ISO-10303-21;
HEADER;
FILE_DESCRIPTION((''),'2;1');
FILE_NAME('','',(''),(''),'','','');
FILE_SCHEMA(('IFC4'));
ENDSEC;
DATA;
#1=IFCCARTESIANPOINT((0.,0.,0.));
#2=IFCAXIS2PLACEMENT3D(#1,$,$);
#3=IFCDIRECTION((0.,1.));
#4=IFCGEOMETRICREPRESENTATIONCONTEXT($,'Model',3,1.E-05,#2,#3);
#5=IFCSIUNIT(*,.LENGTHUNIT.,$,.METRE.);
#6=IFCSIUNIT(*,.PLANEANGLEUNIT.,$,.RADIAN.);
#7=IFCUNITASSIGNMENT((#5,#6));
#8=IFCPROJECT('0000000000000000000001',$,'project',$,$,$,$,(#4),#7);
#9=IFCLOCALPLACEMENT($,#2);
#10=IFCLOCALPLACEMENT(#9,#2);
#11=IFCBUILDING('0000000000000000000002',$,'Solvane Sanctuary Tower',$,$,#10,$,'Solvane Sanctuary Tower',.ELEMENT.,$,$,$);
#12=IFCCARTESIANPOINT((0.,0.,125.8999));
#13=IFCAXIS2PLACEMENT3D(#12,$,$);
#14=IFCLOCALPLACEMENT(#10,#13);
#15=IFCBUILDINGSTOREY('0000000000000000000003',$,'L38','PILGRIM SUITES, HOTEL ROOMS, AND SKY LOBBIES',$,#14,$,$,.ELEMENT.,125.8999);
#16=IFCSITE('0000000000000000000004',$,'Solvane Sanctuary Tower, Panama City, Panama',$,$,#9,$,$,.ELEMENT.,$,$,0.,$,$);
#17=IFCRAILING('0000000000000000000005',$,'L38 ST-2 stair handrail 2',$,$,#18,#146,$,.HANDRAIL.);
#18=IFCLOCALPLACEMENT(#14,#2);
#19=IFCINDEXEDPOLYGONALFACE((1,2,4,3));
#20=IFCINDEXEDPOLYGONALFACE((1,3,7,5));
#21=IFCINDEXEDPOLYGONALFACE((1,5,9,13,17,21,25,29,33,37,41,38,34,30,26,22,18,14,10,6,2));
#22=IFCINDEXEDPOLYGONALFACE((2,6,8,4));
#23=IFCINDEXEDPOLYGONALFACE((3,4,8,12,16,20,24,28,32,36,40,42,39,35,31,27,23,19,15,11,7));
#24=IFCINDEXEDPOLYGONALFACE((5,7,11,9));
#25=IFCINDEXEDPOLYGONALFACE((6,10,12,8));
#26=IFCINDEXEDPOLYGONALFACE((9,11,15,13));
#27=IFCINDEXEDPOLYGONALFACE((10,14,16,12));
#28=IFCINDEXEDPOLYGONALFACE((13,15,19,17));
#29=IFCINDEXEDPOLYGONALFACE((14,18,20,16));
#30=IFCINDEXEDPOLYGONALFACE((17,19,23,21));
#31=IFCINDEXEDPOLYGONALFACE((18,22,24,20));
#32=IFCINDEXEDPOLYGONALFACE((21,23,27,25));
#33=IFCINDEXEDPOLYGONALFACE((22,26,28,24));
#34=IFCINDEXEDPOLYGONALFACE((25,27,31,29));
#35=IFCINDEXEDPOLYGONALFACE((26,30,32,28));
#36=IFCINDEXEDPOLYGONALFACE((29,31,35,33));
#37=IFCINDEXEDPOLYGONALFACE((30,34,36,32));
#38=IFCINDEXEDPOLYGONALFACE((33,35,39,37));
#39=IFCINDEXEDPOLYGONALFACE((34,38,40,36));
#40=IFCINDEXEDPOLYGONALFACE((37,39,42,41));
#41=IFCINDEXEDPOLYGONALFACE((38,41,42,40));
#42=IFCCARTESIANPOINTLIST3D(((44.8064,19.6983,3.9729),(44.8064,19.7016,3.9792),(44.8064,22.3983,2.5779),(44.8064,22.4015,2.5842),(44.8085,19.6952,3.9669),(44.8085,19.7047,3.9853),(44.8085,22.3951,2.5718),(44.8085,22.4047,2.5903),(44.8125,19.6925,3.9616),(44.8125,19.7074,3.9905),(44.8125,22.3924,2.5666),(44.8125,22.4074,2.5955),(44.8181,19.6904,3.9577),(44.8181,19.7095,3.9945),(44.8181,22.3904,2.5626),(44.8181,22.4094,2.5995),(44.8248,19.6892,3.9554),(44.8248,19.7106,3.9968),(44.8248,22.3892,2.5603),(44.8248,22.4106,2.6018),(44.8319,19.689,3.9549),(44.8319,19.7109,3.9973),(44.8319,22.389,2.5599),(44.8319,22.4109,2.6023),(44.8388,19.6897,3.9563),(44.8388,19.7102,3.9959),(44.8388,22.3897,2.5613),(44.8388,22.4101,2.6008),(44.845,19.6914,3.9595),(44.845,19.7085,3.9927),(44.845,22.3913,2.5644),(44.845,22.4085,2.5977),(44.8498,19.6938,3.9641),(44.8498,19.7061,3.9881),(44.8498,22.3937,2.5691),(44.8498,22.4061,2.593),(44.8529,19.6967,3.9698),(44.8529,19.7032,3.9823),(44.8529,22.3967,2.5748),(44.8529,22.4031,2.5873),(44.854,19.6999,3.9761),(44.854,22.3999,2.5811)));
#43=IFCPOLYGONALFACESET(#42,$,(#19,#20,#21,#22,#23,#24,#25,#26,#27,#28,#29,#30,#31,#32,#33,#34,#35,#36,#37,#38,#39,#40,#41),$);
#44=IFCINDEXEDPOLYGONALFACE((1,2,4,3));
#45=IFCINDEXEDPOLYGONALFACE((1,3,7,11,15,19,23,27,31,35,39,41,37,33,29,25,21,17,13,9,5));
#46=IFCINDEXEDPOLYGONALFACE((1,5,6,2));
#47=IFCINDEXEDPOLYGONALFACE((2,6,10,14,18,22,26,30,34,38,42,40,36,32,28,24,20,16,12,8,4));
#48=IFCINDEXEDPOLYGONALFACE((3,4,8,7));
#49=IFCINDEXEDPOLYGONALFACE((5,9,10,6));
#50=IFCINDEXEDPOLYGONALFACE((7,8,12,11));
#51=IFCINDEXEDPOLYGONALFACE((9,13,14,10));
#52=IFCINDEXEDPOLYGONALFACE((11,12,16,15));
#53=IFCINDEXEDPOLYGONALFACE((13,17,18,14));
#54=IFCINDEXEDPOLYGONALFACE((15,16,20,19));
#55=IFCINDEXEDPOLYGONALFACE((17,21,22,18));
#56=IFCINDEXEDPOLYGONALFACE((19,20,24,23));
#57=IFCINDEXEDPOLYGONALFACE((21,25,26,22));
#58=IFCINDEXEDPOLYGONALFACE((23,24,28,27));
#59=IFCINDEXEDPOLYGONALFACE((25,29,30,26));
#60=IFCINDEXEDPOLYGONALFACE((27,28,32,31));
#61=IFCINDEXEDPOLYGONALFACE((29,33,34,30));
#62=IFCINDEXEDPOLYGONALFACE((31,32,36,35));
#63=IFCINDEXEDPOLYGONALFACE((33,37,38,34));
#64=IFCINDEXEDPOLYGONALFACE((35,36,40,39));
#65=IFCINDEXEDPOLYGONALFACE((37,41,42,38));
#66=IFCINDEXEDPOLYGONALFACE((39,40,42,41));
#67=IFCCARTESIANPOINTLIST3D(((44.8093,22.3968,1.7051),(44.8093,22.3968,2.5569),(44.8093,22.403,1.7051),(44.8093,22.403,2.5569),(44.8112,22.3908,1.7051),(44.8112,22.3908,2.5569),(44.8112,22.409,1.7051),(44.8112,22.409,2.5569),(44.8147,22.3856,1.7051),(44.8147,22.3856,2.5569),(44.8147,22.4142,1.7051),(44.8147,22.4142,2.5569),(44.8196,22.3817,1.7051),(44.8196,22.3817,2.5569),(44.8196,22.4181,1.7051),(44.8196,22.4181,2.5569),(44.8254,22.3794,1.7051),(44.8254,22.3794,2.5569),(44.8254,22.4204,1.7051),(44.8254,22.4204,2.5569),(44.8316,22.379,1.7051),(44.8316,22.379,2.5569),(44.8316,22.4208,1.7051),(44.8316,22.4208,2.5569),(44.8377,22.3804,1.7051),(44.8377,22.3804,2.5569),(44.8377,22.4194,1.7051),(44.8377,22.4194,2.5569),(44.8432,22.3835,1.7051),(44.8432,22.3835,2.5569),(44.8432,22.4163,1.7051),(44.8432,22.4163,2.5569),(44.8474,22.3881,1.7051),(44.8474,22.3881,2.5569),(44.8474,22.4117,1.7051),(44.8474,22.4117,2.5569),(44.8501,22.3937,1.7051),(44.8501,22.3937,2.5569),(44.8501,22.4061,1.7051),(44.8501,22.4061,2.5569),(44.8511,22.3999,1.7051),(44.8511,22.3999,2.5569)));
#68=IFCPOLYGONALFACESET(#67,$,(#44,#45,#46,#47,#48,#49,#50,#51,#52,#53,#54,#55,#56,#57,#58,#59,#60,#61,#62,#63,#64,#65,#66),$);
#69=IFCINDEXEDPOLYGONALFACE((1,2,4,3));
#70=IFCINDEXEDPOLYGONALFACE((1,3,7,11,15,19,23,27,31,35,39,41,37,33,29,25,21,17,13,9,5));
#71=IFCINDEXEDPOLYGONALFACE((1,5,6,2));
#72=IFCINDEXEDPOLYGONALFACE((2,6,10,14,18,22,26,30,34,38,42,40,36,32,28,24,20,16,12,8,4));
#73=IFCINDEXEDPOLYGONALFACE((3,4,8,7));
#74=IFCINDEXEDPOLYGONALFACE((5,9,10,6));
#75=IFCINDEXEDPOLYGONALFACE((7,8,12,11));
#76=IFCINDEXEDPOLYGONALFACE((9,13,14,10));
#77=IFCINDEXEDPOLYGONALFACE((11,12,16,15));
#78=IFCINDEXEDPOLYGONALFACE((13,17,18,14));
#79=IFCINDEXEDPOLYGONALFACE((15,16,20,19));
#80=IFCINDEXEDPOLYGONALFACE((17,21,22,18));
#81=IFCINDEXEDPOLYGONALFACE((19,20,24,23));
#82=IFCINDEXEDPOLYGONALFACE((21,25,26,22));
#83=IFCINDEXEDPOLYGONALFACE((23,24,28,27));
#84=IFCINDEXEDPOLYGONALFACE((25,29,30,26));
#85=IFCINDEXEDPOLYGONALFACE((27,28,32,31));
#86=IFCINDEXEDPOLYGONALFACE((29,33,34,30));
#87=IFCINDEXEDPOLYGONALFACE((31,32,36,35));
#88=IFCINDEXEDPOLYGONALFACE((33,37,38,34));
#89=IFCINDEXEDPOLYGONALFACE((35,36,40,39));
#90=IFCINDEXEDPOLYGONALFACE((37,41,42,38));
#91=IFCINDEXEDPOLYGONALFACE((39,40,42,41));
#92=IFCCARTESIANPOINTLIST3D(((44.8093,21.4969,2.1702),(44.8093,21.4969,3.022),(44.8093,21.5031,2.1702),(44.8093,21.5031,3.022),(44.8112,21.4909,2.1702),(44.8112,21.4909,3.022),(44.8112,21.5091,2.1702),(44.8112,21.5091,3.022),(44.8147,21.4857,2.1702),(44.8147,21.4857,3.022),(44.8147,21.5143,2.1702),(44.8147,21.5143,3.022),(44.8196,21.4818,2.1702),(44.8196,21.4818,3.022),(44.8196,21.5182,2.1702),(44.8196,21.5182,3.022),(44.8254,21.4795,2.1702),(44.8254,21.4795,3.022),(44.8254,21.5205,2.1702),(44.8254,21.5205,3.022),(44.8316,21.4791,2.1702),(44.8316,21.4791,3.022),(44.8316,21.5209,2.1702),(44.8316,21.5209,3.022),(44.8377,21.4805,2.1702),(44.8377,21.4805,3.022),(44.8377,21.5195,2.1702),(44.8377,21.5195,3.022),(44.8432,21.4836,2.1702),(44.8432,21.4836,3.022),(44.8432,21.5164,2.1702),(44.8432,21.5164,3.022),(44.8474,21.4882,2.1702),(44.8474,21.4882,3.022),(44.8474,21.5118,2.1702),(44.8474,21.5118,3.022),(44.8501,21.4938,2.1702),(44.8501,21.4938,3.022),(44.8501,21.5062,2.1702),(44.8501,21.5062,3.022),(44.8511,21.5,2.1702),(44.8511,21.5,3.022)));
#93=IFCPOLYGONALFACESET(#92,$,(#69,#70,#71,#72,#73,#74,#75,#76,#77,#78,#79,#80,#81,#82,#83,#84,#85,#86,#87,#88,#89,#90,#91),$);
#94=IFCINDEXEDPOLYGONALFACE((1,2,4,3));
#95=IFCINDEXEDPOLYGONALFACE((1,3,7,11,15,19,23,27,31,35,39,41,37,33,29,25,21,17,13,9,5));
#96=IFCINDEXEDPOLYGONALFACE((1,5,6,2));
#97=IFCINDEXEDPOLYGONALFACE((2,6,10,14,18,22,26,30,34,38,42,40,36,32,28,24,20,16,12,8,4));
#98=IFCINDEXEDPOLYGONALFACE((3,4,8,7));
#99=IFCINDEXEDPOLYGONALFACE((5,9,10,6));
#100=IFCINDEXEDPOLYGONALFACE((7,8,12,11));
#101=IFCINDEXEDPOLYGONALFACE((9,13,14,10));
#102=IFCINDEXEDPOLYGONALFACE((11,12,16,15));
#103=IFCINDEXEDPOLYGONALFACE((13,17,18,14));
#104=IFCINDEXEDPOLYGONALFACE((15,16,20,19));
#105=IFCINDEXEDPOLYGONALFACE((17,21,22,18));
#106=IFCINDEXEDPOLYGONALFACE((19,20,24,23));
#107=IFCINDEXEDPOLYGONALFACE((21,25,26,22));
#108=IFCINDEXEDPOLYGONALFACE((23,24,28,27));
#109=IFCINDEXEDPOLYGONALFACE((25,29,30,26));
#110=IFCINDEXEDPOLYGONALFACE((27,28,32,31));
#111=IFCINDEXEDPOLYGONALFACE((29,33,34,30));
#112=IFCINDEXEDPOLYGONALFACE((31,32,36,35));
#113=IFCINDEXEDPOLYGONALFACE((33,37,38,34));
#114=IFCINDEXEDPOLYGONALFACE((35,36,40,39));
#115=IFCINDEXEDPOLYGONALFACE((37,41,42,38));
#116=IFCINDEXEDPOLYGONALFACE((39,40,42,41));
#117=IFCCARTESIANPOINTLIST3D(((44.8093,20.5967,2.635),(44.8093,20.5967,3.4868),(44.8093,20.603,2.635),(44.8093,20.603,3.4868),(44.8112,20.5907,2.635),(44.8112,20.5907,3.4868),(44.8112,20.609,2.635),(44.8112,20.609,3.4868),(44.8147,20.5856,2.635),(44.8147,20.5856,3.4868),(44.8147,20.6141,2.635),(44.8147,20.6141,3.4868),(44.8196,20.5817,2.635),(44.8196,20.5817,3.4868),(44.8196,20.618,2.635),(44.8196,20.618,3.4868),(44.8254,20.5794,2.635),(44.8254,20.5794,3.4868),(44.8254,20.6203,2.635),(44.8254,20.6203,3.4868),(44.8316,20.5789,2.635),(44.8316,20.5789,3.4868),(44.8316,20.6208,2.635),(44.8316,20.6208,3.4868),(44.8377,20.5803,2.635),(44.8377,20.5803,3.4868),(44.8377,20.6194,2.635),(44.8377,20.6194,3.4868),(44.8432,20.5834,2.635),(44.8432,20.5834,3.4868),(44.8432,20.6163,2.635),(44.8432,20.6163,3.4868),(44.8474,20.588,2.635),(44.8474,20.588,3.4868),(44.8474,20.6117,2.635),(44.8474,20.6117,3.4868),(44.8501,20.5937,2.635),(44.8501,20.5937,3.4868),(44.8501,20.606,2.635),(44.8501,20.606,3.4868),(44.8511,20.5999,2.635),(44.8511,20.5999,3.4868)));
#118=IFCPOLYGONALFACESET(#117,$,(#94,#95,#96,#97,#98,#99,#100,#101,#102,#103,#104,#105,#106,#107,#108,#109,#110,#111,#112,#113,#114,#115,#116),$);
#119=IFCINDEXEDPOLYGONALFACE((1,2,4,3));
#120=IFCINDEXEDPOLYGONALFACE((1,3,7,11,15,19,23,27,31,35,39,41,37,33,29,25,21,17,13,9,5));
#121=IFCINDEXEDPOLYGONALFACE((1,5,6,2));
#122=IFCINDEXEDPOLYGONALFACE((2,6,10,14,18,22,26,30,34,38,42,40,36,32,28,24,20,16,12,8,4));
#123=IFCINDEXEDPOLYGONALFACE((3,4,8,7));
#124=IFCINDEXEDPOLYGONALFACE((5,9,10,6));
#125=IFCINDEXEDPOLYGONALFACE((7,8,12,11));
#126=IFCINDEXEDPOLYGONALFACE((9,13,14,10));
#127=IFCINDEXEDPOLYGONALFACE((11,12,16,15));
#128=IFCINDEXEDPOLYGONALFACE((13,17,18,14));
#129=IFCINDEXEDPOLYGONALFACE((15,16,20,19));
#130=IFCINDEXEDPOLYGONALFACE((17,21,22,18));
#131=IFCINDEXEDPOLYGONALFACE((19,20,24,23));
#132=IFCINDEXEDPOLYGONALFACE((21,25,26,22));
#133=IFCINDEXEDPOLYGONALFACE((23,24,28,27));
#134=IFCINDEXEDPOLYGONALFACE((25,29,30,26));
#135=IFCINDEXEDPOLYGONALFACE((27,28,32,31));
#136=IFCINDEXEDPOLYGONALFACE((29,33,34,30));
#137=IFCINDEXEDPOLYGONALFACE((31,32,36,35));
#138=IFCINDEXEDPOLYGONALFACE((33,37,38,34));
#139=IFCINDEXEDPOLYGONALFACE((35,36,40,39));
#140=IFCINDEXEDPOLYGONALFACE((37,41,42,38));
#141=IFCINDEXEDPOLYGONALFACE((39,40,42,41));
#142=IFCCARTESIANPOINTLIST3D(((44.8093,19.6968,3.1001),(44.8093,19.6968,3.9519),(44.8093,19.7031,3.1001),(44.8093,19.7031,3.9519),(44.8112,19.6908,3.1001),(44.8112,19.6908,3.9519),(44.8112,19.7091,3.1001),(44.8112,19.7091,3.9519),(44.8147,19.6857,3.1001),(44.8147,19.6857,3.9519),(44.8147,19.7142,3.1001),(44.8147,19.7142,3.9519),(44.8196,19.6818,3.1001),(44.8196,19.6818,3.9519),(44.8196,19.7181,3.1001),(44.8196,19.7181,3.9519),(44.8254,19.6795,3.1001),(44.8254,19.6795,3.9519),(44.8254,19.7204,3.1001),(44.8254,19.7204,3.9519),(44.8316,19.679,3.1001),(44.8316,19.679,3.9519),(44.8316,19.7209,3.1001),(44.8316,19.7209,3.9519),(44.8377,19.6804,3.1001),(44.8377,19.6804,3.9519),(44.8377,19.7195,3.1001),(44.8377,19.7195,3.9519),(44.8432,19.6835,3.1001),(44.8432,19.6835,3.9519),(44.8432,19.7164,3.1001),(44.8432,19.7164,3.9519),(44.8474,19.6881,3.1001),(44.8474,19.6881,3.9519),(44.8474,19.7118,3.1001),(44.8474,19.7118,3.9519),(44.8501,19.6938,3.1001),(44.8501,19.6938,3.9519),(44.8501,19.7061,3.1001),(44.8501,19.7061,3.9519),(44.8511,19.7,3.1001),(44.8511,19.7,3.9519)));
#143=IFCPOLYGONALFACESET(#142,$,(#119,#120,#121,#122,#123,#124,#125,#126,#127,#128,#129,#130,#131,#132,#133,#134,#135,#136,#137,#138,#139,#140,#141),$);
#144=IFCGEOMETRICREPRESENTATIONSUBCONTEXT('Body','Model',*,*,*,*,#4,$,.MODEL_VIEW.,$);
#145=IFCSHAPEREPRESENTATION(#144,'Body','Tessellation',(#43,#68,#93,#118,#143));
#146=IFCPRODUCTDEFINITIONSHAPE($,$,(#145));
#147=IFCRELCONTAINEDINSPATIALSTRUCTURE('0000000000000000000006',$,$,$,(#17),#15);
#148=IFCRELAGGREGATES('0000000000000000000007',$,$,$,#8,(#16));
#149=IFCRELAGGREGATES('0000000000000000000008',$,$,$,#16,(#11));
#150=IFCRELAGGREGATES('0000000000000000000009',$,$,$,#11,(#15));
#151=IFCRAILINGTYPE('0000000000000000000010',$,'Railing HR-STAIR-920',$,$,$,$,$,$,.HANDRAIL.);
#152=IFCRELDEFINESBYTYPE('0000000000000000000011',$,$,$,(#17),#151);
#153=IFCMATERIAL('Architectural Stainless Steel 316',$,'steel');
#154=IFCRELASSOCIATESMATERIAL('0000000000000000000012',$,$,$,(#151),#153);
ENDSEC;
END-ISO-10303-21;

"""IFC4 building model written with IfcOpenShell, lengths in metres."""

from ifc_helpers import new_model, si_unit, direction, frame, origin, origin_2d, place, context, subcontext, project, spatial, circle, extrude, material, type_object, element, save


model = new_model("IFC4")

# Units and contexts
model_context = context("Model", 3, precision=1e-05, world=origin(), true_north=direction((0.0, 1.0)))
body_context = subcontext(model_context, "Body", "Model", "MODEL_VIEW")
ifc_project = project(units=[si_unit("LENGTHUNIT", "METRE"), si_unit("PLANEANGLEUNIT", "RADIAN")], contexts=[model_context])

# Site, building, storey
site_placement = place(None, origin())
site = spatial("IfcSite", under=ifc_project, at=site_placement, Name="Solvane Sanctuary Tower, Panama City, Panama", CompositionType="ELEMENT", RefElevation=0.0)
building_placement = place(site_placement, origin())
building = spatial("IfcBuilding", under=site, at=building_placement, Name="Solvane Sanctuary Tower", LongName="Solvane Sanctuary Tower", CompositionType="ELEMENT")
storey_placement = place(building_placement, frame((0.0, 0.0, 125.8999)))
storey = spatial("IfcBuildingStorey", under=building, at=storey_placement, Name="L38", Description="PILGRIM SUITES, HOTEL ROOMS, AND SKY LOBBIES", CompositionType="ELEMENT", Elevation=125.8999)

# Shared definitions
ifc_material_1 = material(Name="Architectural Stainless Steel 316", Category="steel")

# Railing
railing_type_1 = type_object("IfcRailingType", Name="Railing HR-STAIR-920", PredefinedType="HANDRAIL", material=ifc_material_1)
railing_1_placement = place(storey_placement, frame((44.8301, 22.3999, 1.7051)))
element("IfcRailing", 1, at=railing_1_placement, inside=storey, type_object=railing_type_1, Name="L38 ST-2 stair handrail 2", PredefinedType="HANDRAIL", context=body_context, shape_type="SweptSolid", body=[
    extrude(circle(Radius=0.0239, at=origin_2d()), frame((0.0, 0.0, 0.876), z_axis=(0.0, -0.88842, 0.459032), x_axis=(1.0, 0.0, 0.0)), (0.0, 0.0, 1.0), 3.0391),
    extrude(circle(Radius=0.021, at=origin_2d()), origin(), (0.0, 0.0, 1.0), 0.8518),
    extrude(circle(Radius=0.021, at=origin_2d()), frame((0.0, -0.8999, 0.4651)), (0.0, 0.0, 1.0), 0.8518),
    extrude(circle(Radius=0.021, at=origin_2d()), frame((0.0, -1.8, 0.9299)), (0.0, 0.0, 1.0), 0.8518),
    extrude(circle(Radius=0.021, at=origin_2d()), frame((0.0, -2.7, 1.395)), (0.0, 0.0, 1.0), 0.8518),
])

save(model, "model.ifc")
